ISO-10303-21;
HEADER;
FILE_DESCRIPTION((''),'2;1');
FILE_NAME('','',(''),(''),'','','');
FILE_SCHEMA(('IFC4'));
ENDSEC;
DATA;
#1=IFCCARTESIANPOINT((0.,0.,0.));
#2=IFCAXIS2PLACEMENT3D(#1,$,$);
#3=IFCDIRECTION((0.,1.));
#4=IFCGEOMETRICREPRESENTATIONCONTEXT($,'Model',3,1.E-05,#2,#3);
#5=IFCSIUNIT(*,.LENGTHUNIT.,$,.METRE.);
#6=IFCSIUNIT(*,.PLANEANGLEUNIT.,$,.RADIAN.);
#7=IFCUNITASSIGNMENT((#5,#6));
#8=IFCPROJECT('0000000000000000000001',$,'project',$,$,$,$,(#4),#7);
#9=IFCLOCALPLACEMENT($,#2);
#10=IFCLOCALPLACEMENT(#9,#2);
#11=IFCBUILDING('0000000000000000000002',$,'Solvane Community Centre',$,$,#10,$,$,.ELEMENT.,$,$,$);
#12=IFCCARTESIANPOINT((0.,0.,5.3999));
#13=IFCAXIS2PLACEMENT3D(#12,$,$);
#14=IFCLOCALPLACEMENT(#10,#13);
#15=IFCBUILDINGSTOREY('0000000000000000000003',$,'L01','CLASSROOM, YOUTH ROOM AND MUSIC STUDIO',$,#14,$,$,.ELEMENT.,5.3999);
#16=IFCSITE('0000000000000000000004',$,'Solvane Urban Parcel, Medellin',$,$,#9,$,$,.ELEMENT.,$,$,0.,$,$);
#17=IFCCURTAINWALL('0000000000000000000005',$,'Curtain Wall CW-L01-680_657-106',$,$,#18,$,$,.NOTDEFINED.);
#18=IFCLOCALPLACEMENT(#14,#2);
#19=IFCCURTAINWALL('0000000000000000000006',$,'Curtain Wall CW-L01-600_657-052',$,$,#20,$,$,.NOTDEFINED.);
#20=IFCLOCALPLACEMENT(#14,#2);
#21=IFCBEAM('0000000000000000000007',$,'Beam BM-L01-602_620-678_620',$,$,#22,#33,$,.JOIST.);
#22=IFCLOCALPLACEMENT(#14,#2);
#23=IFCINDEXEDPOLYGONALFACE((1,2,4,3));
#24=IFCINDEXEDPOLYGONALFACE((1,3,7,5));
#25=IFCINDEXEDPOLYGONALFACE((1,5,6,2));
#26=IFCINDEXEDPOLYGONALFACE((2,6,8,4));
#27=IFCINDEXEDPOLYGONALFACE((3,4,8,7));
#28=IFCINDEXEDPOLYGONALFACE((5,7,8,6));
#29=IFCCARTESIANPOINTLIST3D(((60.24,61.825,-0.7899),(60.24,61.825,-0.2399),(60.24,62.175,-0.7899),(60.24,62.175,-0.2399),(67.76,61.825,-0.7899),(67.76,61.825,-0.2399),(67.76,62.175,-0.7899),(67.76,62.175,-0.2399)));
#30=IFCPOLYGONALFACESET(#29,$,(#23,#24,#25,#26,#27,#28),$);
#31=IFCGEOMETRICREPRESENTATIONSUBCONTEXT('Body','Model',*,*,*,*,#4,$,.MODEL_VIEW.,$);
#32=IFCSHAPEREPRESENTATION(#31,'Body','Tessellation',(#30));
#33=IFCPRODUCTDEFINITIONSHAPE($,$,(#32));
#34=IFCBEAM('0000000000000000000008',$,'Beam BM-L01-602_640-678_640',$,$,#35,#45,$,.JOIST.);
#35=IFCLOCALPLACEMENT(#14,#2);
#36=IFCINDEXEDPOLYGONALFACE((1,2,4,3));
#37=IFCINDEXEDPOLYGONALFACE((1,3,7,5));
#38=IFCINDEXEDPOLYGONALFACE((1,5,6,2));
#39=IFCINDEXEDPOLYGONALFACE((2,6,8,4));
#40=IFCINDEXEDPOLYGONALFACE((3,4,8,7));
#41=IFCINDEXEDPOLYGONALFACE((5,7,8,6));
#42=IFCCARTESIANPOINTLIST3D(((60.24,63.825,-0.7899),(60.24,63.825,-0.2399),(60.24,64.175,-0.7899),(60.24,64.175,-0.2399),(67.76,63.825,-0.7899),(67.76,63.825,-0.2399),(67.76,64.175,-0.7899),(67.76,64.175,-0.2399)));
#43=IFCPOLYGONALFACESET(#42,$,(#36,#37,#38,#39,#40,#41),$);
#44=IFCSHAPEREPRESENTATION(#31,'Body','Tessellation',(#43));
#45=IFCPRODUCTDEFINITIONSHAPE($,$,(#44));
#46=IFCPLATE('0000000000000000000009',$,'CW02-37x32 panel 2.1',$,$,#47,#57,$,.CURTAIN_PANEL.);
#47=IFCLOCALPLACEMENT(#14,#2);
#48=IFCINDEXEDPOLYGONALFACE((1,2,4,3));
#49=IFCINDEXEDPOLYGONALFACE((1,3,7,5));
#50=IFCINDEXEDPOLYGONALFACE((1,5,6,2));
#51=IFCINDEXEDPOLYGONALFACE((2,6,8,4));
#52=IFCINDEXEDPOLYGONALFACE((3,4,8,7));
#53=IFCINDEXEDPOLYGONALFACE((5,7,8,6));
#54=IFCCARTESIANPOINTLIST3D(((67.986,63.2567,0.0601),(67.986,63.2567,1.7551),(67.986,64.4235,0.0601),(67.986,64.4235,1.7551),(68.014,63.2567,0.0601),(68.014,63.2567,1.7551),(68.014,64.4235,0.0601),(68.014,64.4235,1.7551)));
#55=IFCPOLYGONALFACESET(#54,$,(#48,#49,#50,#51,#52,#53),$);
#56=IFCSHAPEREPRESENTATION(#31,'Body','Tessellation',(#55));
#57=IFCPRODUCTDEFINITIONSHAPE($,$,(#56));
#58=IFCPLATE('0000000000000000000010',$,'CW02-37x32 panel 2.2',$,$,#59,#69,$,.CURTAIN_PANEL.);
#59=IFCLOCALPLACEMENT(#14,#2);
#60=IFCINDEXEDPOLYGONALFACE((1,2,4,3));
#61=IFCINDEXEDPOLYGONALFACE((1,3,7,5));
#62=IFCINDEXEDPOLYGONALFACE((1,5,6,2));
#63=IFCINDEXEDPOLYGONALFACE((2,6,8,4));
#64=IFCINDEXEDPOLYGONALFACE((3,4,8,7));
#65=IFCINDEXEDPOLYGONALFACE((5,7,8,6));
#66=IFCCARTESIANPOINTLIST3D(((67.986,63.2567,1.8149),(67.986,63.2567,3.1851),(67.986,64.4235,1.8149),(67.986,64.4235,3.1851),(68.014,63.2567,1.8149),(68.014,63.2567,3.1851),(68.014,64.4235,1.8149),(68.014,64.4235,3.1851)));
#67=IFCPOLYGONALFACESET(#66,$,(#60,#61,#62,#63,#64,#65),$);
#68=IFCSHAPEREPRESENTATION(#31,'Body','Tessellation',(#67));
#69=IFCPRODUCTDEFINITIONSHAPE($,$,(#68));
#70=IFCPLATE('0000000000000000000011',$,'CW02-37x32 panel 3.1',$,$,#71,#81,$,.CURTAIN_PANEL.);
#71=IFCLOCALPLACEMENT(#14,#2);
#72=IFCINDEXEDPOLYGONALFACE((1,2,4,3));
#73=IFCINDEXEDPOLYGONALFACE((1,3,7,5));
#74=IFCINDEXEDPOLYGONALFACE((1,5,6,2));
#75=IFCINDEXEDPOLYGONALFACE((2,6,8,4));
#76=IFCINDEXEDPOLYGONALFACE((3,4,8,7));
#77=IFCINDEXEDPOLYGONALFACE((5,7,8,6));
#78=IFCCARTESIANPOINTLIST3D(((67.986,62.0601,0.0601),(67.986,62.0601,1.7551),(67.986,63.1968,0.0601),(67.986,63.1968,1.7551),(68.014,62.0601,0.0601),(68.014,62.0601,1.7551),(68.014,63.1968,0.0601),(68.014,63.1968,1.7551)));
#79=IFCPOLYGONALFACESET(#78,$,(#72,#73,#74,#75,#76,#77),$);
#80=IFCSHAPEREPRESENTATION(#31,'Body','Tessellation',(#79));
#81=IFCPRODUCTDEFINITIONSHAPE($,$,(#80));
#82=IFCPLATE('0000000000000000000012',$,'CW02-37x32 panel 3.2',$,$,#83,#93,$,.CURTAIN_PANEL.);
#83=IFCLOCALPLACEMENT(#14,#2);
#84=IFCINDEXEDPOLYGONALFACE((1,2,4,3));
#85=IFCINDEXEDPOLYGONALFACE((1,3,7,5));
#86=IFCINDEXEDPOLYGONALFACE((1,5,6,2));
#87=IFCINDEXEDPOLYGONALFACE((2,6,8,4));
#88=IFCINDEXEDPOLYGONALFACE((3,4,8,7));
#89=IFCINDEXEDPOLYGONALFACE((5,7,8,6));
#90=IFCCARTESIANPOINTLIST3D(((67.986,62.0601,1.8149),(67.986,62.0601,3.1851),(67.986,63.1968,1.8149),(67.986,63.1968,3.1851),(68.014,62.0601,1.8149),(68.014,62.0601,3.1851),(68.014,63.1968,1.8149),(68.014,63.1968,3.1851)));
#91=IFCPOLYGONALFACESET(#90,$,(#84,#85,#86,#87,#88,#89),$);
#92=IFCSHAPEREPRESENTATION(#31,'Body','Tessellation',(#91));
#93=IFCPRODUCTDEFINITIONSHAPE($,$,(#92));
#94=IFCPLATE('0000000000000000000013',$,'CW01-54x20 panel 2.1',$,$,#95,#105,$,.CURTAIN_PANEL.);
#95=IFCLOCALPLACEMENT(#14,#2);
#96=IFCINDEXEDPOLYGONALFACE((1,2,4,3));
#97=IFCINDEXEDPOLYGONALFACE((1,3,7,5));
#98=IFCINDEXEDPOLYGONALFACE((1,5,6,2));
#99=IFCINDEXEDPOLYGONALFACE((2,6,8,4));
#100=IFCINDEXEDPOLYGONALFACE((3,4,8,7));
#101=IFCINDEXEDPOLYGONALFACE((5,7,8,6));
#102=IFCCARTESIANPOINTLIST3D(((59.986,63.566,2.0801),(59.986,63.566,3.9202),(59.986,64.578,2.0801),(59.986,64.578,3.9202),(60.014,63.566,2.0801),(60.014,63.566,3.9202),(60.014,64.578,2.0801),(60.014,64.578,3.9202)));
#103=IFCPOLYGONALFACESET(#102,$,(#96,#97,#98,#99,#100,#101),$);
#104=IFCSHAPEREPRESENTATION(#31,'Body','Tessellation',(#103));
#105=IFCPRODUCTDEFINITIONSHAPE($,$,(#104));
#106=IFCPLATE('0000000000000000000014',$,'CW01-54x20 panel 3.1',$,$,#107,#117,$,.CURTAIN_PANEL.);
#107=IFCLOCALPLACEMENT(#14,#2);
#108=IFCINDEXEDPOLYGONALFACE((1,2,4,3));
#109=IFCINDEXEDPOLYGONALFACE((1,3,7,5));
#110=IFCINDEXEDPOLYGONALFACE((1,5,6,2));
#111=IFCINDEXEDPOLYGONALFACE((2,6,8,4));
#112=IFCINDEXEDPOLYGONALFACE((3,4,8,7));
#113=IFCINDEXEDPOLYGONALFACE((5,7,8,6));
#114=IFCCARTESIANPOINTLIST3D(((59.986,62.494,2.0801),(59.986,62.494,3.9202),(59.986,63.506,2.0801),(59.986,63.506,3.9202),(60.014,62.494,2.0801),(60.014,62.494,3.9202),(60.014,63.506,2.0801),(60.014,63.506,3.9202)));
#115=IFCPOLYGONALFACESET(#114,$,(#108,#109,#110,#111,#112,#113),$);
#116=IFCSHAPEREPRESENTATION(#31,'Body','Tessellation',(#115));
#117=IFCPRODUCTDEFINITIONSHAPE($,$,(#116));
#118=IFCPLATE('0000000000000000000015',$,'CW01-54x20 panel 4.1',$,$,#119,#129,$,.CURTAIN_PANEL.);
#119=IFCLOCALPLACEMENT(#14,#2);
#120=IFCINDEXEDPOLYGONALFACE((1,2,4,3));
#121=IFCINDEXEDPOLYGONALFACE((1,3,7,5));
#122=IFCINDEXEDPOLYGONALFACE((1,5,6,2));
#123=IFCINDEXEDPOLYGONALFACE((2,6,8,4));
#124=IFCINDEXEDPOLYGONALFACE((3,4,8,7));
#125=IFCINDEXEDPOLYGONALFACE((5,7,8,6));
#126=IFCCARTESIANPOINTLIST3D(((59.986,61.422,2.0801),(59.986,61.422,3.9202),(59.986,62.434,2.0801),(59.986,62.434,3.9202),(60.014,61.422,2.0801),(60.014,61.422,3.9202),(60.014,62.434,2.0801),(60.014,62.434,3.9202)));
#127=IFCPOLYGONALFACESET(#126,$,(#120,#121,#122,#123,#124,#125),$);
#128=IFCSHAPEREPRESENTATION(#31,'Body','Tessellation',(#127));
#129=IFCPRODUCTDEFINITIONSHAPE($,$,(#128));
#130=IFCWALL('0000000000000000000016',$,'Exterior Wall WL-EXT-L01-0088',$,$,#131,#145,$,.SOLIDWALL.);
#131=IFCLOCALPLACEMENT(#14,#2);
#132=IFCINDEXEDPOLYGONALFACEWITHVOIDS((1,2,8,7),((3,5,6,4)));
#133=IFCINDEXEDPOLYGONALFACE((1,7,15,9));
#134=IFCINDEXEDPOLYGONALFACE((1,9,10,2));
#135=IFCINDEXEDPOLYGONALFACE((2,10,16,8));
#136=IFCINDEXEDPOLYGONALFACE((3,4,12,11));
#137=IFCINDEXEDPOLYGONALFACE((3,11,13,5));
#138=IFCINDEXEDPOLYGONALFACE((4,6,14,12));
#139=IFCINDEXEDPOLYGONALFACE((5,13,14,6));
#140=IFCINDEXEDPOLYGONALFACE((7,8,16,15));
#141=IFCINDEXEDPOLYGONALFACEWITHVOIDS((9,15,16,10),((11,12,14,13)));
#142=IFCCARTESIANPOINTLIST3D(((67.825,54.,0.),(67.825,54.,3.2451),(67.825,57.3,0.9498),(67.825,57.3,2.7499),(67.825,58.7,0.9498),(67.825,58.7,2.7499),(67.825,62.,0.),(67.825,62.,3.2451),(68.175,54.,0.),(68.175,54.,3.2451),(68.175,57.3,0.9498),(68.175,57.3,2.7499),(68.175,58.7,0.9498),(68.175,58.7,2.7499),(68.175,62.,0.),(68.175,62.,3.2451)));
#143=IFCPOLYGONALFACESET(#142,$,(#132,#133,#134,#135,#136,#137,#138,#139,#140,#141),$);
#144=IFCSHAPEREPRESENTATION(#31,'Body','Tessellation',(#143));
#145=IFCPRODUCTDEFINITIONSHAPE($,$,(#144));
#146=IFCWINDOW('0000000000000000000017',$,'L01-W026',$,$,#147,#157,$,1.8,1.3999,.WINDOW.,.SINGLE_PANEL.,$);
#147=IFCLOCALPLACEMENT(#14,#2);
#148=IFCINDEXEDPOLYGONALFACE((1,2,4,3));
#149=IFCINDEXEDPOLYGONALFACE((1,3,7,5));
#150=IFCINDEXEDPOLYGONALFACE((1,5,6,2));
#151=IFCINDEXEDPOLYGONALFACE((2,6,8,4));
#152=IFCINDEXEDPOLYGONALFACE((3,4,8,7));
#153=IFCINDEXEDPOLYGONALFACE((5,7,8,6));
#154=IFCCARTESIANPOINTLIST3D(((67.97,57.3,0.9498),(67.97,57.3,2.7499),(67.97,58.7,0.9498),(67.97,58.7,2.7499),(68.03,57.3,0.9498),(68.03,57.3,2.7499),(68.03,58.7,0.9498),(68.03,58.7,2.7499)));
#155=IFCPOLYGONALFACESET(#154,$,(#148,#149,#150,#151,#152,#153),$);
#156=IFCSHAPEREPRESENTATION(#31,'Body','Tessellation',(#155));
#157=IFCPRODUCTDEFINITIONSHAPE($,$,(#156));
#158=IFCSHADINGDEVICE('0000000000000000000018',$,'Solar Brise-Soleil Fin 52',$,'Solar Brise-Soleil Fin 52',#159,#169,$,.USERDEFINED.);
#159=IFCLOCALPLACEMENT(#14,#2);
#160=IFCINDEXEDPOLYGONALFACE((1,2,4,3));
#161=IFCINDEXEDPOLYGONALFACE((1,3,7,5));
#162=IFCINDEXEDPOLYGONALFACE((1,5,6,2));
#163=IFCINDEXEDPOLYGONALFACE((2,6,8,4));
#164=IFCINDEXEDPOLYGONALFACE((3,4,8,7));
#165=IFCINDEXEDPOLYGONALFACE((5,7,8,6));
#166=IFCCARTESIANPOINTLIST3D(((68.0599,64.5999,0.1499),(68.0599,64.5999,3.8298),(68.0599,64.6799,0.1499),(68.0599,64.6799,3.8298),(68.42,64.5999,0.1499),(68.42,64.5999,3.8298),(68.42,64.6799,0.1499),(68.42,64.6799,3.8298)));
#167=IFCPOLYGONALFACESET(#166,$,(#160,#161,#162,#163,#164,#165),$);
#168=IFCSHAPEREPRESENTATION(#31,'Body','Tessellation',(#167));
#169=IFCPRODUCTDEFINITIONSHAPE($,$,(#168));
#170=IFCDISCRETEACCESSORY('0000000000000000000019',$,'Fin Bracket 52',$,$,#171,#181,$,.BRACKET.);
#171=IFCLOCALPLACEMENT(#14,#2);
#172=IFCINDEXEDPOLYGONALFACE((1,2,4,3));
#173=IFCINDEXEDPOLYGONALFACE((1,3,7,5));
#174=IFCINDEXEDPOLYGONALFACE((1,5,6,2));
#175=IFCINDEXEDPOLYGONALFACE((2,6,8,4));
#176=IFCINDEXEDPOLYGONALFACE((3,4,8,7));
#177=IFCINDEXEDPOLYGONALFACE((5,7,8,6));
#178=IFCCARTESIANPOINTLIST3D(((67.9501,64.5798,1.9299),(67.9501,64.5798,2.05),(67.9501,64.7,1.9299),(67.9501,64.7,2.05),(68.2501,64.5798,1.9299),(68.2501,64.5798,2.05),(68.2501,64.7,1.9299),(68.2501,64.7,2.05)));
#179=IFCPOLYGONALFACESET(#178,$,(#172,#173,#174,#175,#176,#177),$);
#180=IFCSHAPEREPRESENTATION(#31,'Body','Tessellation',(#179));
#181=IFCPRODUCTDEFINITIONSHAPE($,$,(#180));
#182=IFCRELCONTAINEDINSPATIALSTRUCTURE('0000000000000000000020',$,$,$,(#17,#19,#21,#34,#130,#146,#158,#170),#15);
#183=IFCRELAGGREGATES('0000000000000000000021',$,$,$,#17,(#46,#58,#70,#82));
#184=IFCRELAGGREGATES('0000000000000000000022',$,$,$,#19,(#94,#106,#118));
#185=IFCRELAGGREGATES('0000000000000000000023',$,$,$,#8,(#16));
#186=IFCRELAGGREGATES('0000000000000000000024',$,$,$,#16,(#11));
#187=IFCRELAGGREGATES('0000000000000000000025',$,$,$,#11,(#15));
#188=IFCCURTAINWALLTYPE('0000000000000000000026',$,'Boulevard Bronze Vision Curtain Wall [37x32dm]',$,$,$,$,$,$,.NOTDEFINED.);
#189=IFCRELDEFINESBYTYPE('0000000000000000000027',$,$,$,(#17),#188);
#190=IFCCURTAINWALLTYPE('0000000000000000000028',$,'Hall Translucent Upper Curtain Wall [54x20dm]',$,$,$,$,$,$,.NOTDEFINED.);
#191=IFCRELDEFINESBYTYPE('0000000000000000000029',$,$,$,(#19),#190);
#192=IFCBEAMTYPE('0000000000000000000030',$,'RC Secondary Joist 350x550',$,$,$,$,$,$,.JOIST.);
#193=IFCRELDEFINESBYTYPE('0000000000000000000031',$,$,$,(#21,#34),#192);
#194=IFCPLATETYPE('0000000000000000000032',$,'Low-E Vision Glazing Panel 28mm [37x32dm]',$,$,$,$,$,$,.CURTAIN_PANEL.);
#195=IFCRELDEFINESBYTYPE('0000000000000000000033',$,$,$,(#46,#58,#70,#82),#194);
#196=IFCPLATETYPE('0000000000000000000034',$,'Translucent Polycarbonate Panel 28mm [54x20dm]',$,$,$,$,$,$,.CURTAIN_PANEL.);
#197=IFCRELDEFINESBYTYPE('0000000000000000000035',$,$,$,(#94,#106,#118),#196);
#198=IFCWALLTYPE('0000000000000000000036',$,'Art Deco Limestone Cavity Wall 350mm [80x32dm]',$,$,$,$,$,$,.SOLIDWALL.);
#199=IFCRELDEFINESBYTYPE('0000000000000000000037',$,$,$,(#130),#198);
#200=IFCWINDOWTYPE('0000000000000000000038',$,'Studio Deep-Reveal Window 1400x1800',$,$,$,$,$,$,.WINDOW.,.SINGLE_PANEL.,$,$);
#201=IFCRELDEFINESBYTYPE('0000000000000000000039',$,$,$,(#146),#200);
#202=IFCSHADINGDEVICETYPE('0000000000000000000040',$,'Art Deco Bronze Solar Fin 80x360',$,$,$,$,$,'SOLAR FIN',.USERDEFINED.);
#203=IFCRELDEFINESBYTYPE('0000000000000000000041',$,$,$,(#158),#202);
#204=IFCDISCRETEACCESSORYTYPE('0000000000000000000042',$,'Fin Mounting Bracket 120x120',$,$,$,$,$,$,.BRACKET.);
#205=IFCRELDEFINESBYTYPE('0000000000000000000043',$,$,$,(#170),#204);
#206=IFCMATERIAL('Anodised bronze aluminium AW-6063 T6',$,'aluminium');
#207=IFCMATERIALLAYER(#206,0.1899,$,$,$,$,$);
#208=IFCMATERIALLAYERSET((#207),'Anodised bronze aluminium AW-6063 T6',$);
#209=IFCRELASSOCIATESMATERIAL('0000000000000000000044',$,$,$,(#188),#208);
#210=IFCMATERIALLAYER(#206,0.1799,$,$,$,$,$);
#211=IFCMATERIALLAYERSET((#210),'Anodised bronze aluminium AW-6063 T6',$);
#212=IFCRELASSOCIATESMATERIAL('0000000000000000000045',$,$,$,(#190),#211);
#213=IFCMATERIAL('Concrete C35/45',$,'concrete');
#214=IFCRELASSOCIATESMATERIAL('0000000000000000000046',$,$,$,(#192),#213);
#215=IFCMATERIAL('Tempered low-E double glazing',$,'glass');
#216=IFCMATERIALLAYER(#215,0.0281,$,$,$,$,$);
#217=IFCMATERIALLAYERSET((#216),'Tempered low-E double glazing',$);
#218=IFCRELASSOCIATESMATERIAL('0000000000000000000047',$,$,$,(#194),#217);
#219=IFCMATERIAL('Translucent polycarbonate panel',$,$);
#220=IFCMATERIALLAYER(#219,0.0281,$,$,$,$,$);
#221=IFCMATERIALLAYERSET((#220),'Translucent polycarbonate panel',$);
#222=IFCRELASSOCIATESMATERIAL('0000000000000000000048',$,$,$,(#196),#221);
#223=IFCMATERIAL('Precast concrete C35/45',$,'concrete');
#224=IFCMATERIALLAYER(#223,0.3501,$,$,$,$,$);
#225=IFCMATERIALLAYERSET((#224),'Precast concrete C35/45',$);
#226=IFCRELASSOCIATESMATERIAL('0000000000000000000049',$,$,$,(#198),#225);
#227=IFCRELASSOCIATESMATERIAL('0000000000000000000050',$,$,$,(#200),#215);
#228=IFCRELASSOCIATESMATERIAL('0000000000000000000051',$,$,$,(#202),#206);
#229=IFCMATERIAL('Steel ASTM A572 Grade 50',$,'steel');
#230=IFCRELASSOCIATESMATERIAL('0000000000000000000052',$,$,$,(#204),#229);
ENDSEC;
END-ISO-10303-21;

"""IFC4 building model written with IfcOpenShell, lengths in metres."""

from ifc_helpers import new_model, si_unit, direction, frame, frame_2d, origin, origin_2d, place, context, subcontext, project, spatial, rectangle, extrude, material, layer, layer_set, material_profile, profile_set, type_object, element, fill, aggregate, save


model = new_model("IFC4")

# Units and contexts
model_context = context("Model", 3, precision=1e-05, world=origin(), true_north=direction((0.0, 1.0)))
body_context = subcontext(model_context, "Body", "Model", "MODEL_VIEW")
ifc_project = project(units=[si_unit("LENGTHUNIT", "METRE"), si_unit("PLANEANGLEUNIT", "RADIAN")], contexts=[model_context])

# Site, building, storey
site_placement = place(None, origin())
site = spatial("IfcSite", under=ifc_project, at=site_placement, Name="Solvane Urban Parcel, Medellin", CompositionType="ELEMENT", RefElevation=0.0)
building_placement = place(site_placement, origin())
building = spatial("IfcBuilding", under=site, at=building_placement, Name="Solvane Community Centre", CompositionType="ELEMENT")
storey_placement = place(building_placement, frame((0.0, 0.0, 5.3999)))
storey = spatial("IfcBuildingStorey", under=building, at=storey_placement, Name="L01", Description="CLASSROOM, YOUTH ROOM AND MUSIC STUDIO", CompositionType="ELEMENT", Elevation=5.3999)

# Curtain walls
ifc_material_1 = material(Name="Anodised bronze aluminium AW-6063 T6", Category="aluminium")
ifc_layer_1 = layer(ifc_material_1, 0.1899)
ifc_layer_set_1 = layer_set([ifc_layer_1], Name="Anodised bronze aluminium AW-6063 T6")
curtain_wall_type_1 = type_object("IfcCurtainWallType", Name="Boulevard Bronze Vision Curtain Wall [37x32dm]", PredefinedType="NOTDEFINED", material=ifc_layer_set_1)
curtain_wall_1_placement = place(storey_placement, origin())
curtain_wall_1 = element("IfcCurtainWall", 1, at=curtain_wall_1_placement, inside=storey, type_object=curtain_wall_type_1, Name="Curtain Wall CW-L01-680_657-106", PredefinedType="NOTDEFINED")
ifc_layer_2 = layer(ifc_material_1, 0.1799)
ifc_layer_set_2 = layer_set([ifc_layer_2], Name="Anodised bronze aluminium AW-6063 T6")
curtain_wall_type_2 = type_object("IfcCurtainWallType", Name="Hall Translucent Upper Curtain Wall [54x20dm]", PredefinedType="NOTDEFINED", material=ifc_layer_set_2)
curtain_wall_2_placement = place(storey_placement, origin())
curtain_wall_2 = element("IfcCurtainWall", 2, at=curtain_wall_2_placement, inside=storey, type_object=curtain_wall_type_2, Name="Curtain Wall CW-L01-600_657-052", PredefinedType="NOTDEFINED")

# Beams
ifc_material_2 = material(Name="Concrete C35/45", Category="concrete")
ifc_material_profile_1 = material_profile(ifc_material_2, rectangle(XDim=0.3501, YDim=0.55, at=origin_2d()), Name="RC 350x550")
ifc_profile_set_1 = profile_set([ifc_material_profile_1], Name="Concrete C35/45")
beam_type = type_object("IfcBeamType", Name="RC Secondary Joist 350x550", PredefinedType="JOIST", material=ifc_profile_set_1)
for number, where, z_axis, x_axis, name in (
    (3, (60.24, 62.0, -0.5149), (1.0, 0.0, 0.0), (0.0, 1.0, 0.0), "Beam BM-L01-602_620-678_620"),
    (4, (60.24, 64.0, -0.5149), (1.0, 0.0, 0.0), (0.0, 1.0, 0.0), "Beam BM-L01-602_640-678_640"),
):
    element("IfcBeam", number, at=place(storey_placement, frame(where, z_axis=z_axis, x_axis=x_axis)), inside=storey, type_object=beam_type, Name=name, PredefinedType="JOIST", context=body_context, shape_type="SweptSolid", body=[
        extrude(rectangle(XDim=0.3501, YDim=0.55, at=origin_2d()), origin(), (0.0, 0.0, 1.0), 7.52),
    ])

# Plates
ifc_material_3 = material(Name="Tempered low-E double glazing", Category="glass")
ifc_layer_3 = layer(ifc_material_3, 0.0281)
ifc_layer_set_3 = layer_set([ifc_layer_3], Name="Tempered low-E double glazing")
plate_type_1 = type_object("IfcPlateType", Name="Low-E Vision Glazing Panel 28mm [37x32dm]", PredefinedType="CURTAIN_PANEL", material=ifc_layer_set_3)
plate_1_placement = place(storey_placement, frame((68.0, 63.8401, 0.0601), z_axis=(0.0, 0.0, 1.0), x_axis=(0.0, -1.0, 0.0)))
plate_1 = element("IfcPlate", 5, at=plate_1_placement, type_object=plate_type_1, Name="CW02-37x32 panel 2.1", PredefinedType="CURTAIN_PANEL", context=body_context, shape_type="SweptSolid", body=[
    extrude(rectangle(XDim=1.1667, YDim=0.0281, at=origin_2d()), origin(), (0.0, 0.0, 1.0), 1.6951),
])
plate_2_placement = place(storey_placement, frame((68.0, 63.8401, 1.8149), z_axis=(0.0, 0.0, 1.0), x_axis=(0.0, -1.0, 0.0)))
plate_2 = element("IfcPlate", 6, at=plate_2_placement, type_object=plate_type_1, Name="CW02-37x32 panel 2.2", PredefinedType="CURTAIN_PANEL", context=body_context, shape_type="SweptSolid", body=[
    extrude(rectangle(XDim=1.1667, YDim=0.0281, at=origin_2d()), origin(), (0.0, 0.0, 1.0), 1.3701),
])
plate_3_placement = place(storey_placement, frame((68.0, 62.6284, 0.0601), z_axis=(0.0, 0.0, 1.0), x_axis=(0.0, -1.0, 0.0)))
plate_3 = element("IfcPlate", 7, at=plate_3_placement, type_object=plate_type_1, Name="CW02-37x32 panel 3.1", PredefinedType="CURTAIN_PANEL", context=body_context, shape_type="SweptSolid", body=[
    extrude(rectangle(XDim=1.1367, YDim=0.0281, at=origin_2d()), origin(), (0.0, 0.0, 1.0), 1.6951),
])
plate_4_placement = place(storey_placement, frame((68.0, 62.6284, 1.8149), z_axis=(0.0, 0.0, 1.0), x_axis=(0.0, -1.0, 0.0)))
plate_4 = element("IfcPlate", 8, at=plate_4_placement, type_object=plate_type_1, Name="CW02-37x32 panel 3.2", PredefinedType="CURTAIN_PANEL", context=body_context, shape_type="SweptSolid", body=[
    extrude(rectangle(XDim=1.1367, YDim=0.0281, at=origin_2d()), origin(), (0.0, 0.0, 1.0), 1.3701),
])
aggregate(curtain_wall_1, [plate_1, plate_2, plate_3, plate_4])
ifc_material_4 = material(Name="Translucent polycarbonate panel")
ifc_layer_4 = layer(ifc_material_4, 0.0281)
ifc_layer_set_4 = layer_set([ifc_layer_4], Name="Translucent polycarbonate panel")
plate_type_2 = type_object("IfcPlateType", Name="Translucent Polycarbonate Panel 28mm [54x20dm]", PredefinedType="CURTAIN_PANEL", material=ifc_layer_set_4)
plate_5_placement = place(storey_placement, frame((60.0, 64.072, 2.0801), z_axis=(0.0, 0.0, 1.0), x_axis=(0.0, -1.0, 0.0)))
plate_5 = element("IfcPlate", 9, at=plate_5_placement, type_object=plate_type_2, Name="CW01-54x20 panel 2.1", PredefinedType="CURTAIN_PANEL", context=body_context, shape_type="SweptSolid", body=[
    extrude(rectangle(XDim=1.012, YDim=0.0281, at=origin_2d()), origin(), (0.0, 0.0, 1.0), 1.8401),
])
plate_6_placement = place(storey_placement, frame((60.0, 63.0, 2.0801), z_axis=(0.0, 0.0, 1.0), x_axis=(0.0, -1.0, 0.0)))
plate_6 = element("IfcPlate", 10, at=plate_6_placement, type_object=plate_type_2, Name="CW01-54x20 panel 3.1", PredefinedType="CURTAIN_PANEL", context=body_context, shape_type="SweptSolid", body=[
    extrude(rectangle(XDim=1.012, YDim=0.0281, at=origin_2d()), origin(), (0.0, 0.0, 1.0), 1.8401),
])
plate_7_placement = place(storey_placement, frame((60.0, 61.928, 2.0801), z_axis=(0.0, 0.0, 1.0), x_axis=(0.0, -1.0, 0.0)))
plate_7 = element("IfcPlate", 11, at=plate_7_placement, type_object=plate_type_2, Name="CW01-54x20 panel 4.1", PredefinedType="CURTAIN_PANEL", context=body_context, shape_type="SweptSolid", body=[
    extrude(rectangle(XDim=1.012, YDim=0.0281, at=origin_2d()), origin(), (0.0, 0.0, 1.0), 1.8401),
])
aggregate(curtain_wall_2, [plate_5, plate_6, plate_7])

# Wall, opening, window
ifc_material_5 = material(Name="Precast concrete C35/45", Category="concrete")
ifc_layer_5 = layer(ifc_material_5, 0.3501)
ifc_layer_set_5 = layer_set([ifc_layer_5], Name="Precast concrete C35/45")
wall_type = type_object("IfcWallType", Name="Art Deco Limestone Cavity Wall 350mm [80x32dm]", PredefinedType="SOLIDWALL", material=ifc_layer_set_5)
wall_placement = place(storey_placement, frame((68.0, 62.0, 0.0), z_axis=(0.0, 0.0, 1.0), x_axis=(0.0, -1.0, 0.0)))
wall = element("IfcWall", 12, at=wall_placement, inside=storey, type_object=wall_type, Name="Exterior Wall WL-EXT-L01-0088", PredefinedType="SOLIDWALL", context=body_context, shape_type="SweptSolid", body=[
    extrude(rectangle(XDim=8.0, YDim=0.3501, at=frame_2d((4.0, 0.0))), origin(), (0.0, 0.0, 1.0), 3.2451),
])
opening_placement = place(wall_placement, frame((3.3, 0.0, 0.95)))
opening = element("IfcOpeningElement", 13, at=opening_placement, cuts=wall, PredefinedType="OPENING", context=body_context, shape_type="SweptSolid", body=[
    extrude(rectangle(XDim=1.3999, YDim=1.8, at=frame_2d((0.7, 0.8999))), frame((0.0, 0.1851, 0.0), z_axis=(0.0, -1.0, 0.0), x_axis=(1.0, 0.0, 0.0)), (0.0, 0.0, 1.0), 0.3701),
])
window_type = type_object("IfcWindowType", Name="Studio Deep-Reveal Window 1400x1800", PartitioningType="SINGLE_PANEL", PredefinedType="WINDOW", material=ifc_material_3)
window_placement = place(opening_placement, origin())
window = element("IfcWindow", 14, at=window_placement, inside=storey, type_object=window_type, Name="L01-W026", OverallHeight=1.8, OverallWidth=1.3999, PartitioningType="SINGLE_PANEL", PredefinedType="WINDOW", context=body_context, shape_type="SweptSolid", body=[
    extrude(rectangle(XDim=1.3999, YDim=1.8, at=frame_2d((0.7, 0.8999))), frame((0.0, 0.03, 0.0), z_axis=(0.0, -1.0, 0.0), x_axis=(1.0, 0.0, 0.0)), (0.0, 0.0, 1.0), 0.0601),
])
fill(opening, window)

# Shading device
shading_device_type = type_object("IfcShadingDeviceType", Name="Art Deco Bronze Solar Fin 80x360", ElementType="SOLAR FIN", PredefinedType="USERDEFINED", material=ifc_material_1)
shading_device_placement = place(storey_placement, frame((68.24, 64.6399, 0.1499), z_axis=(0.0, 0.0, 1.0), x_axis=(0.0, -1.0, 0.0)))
element("IfcShadingDevice", 15, at=shading_device_placement, inside=storey, type_object=shading_device_type, Name="Solar Brise-Soleil Fin 52", ObjectType="Solar Brise-Soleil Fin 52", PredefinedType="USERDEFINED", context=body_context, shape_type="SweptSolid", body=[
    extrude(rectangle(XDim=0.0801, YDim=0.3601, at=origin_2d()), origin(), (0.0, 0.0, 1.0), 3.6799),
])

# Discrete accessory
ifc_material_6 = material(Name="Steel ASTM A572 Grade 50", Category="steel")
discrete_accessory_type = type_object("IfcDiscreteAccessoryType", Name="Fin Mounting Bracket 120x120", PredefinedType="BRACKET", material=ifc_material_6)
discrete_accessory_placement = place(storey_placement, frame((68.1001, 64.6399, 1.9299), z_axis=(0.0, 0.0, 1.0), x_axis=(0.0, -1.0, 0.0)))
element("IfcDiscreteAccessory", 16, at=discrete_accessory_placement, inside=storey, type_object=discrete_accessory_type, Name="Fin Bracket 52", PredefinedType="BRACKET", context=body_context, shape_type="SweptSolid", body=[
    extrude(rectangle(XDim=0.1201, YDim=0.3, at=origin_2d()), origin(), (0.0, 0.0, 1.0), 0.1201),
])

save(model, "model.ifc")
